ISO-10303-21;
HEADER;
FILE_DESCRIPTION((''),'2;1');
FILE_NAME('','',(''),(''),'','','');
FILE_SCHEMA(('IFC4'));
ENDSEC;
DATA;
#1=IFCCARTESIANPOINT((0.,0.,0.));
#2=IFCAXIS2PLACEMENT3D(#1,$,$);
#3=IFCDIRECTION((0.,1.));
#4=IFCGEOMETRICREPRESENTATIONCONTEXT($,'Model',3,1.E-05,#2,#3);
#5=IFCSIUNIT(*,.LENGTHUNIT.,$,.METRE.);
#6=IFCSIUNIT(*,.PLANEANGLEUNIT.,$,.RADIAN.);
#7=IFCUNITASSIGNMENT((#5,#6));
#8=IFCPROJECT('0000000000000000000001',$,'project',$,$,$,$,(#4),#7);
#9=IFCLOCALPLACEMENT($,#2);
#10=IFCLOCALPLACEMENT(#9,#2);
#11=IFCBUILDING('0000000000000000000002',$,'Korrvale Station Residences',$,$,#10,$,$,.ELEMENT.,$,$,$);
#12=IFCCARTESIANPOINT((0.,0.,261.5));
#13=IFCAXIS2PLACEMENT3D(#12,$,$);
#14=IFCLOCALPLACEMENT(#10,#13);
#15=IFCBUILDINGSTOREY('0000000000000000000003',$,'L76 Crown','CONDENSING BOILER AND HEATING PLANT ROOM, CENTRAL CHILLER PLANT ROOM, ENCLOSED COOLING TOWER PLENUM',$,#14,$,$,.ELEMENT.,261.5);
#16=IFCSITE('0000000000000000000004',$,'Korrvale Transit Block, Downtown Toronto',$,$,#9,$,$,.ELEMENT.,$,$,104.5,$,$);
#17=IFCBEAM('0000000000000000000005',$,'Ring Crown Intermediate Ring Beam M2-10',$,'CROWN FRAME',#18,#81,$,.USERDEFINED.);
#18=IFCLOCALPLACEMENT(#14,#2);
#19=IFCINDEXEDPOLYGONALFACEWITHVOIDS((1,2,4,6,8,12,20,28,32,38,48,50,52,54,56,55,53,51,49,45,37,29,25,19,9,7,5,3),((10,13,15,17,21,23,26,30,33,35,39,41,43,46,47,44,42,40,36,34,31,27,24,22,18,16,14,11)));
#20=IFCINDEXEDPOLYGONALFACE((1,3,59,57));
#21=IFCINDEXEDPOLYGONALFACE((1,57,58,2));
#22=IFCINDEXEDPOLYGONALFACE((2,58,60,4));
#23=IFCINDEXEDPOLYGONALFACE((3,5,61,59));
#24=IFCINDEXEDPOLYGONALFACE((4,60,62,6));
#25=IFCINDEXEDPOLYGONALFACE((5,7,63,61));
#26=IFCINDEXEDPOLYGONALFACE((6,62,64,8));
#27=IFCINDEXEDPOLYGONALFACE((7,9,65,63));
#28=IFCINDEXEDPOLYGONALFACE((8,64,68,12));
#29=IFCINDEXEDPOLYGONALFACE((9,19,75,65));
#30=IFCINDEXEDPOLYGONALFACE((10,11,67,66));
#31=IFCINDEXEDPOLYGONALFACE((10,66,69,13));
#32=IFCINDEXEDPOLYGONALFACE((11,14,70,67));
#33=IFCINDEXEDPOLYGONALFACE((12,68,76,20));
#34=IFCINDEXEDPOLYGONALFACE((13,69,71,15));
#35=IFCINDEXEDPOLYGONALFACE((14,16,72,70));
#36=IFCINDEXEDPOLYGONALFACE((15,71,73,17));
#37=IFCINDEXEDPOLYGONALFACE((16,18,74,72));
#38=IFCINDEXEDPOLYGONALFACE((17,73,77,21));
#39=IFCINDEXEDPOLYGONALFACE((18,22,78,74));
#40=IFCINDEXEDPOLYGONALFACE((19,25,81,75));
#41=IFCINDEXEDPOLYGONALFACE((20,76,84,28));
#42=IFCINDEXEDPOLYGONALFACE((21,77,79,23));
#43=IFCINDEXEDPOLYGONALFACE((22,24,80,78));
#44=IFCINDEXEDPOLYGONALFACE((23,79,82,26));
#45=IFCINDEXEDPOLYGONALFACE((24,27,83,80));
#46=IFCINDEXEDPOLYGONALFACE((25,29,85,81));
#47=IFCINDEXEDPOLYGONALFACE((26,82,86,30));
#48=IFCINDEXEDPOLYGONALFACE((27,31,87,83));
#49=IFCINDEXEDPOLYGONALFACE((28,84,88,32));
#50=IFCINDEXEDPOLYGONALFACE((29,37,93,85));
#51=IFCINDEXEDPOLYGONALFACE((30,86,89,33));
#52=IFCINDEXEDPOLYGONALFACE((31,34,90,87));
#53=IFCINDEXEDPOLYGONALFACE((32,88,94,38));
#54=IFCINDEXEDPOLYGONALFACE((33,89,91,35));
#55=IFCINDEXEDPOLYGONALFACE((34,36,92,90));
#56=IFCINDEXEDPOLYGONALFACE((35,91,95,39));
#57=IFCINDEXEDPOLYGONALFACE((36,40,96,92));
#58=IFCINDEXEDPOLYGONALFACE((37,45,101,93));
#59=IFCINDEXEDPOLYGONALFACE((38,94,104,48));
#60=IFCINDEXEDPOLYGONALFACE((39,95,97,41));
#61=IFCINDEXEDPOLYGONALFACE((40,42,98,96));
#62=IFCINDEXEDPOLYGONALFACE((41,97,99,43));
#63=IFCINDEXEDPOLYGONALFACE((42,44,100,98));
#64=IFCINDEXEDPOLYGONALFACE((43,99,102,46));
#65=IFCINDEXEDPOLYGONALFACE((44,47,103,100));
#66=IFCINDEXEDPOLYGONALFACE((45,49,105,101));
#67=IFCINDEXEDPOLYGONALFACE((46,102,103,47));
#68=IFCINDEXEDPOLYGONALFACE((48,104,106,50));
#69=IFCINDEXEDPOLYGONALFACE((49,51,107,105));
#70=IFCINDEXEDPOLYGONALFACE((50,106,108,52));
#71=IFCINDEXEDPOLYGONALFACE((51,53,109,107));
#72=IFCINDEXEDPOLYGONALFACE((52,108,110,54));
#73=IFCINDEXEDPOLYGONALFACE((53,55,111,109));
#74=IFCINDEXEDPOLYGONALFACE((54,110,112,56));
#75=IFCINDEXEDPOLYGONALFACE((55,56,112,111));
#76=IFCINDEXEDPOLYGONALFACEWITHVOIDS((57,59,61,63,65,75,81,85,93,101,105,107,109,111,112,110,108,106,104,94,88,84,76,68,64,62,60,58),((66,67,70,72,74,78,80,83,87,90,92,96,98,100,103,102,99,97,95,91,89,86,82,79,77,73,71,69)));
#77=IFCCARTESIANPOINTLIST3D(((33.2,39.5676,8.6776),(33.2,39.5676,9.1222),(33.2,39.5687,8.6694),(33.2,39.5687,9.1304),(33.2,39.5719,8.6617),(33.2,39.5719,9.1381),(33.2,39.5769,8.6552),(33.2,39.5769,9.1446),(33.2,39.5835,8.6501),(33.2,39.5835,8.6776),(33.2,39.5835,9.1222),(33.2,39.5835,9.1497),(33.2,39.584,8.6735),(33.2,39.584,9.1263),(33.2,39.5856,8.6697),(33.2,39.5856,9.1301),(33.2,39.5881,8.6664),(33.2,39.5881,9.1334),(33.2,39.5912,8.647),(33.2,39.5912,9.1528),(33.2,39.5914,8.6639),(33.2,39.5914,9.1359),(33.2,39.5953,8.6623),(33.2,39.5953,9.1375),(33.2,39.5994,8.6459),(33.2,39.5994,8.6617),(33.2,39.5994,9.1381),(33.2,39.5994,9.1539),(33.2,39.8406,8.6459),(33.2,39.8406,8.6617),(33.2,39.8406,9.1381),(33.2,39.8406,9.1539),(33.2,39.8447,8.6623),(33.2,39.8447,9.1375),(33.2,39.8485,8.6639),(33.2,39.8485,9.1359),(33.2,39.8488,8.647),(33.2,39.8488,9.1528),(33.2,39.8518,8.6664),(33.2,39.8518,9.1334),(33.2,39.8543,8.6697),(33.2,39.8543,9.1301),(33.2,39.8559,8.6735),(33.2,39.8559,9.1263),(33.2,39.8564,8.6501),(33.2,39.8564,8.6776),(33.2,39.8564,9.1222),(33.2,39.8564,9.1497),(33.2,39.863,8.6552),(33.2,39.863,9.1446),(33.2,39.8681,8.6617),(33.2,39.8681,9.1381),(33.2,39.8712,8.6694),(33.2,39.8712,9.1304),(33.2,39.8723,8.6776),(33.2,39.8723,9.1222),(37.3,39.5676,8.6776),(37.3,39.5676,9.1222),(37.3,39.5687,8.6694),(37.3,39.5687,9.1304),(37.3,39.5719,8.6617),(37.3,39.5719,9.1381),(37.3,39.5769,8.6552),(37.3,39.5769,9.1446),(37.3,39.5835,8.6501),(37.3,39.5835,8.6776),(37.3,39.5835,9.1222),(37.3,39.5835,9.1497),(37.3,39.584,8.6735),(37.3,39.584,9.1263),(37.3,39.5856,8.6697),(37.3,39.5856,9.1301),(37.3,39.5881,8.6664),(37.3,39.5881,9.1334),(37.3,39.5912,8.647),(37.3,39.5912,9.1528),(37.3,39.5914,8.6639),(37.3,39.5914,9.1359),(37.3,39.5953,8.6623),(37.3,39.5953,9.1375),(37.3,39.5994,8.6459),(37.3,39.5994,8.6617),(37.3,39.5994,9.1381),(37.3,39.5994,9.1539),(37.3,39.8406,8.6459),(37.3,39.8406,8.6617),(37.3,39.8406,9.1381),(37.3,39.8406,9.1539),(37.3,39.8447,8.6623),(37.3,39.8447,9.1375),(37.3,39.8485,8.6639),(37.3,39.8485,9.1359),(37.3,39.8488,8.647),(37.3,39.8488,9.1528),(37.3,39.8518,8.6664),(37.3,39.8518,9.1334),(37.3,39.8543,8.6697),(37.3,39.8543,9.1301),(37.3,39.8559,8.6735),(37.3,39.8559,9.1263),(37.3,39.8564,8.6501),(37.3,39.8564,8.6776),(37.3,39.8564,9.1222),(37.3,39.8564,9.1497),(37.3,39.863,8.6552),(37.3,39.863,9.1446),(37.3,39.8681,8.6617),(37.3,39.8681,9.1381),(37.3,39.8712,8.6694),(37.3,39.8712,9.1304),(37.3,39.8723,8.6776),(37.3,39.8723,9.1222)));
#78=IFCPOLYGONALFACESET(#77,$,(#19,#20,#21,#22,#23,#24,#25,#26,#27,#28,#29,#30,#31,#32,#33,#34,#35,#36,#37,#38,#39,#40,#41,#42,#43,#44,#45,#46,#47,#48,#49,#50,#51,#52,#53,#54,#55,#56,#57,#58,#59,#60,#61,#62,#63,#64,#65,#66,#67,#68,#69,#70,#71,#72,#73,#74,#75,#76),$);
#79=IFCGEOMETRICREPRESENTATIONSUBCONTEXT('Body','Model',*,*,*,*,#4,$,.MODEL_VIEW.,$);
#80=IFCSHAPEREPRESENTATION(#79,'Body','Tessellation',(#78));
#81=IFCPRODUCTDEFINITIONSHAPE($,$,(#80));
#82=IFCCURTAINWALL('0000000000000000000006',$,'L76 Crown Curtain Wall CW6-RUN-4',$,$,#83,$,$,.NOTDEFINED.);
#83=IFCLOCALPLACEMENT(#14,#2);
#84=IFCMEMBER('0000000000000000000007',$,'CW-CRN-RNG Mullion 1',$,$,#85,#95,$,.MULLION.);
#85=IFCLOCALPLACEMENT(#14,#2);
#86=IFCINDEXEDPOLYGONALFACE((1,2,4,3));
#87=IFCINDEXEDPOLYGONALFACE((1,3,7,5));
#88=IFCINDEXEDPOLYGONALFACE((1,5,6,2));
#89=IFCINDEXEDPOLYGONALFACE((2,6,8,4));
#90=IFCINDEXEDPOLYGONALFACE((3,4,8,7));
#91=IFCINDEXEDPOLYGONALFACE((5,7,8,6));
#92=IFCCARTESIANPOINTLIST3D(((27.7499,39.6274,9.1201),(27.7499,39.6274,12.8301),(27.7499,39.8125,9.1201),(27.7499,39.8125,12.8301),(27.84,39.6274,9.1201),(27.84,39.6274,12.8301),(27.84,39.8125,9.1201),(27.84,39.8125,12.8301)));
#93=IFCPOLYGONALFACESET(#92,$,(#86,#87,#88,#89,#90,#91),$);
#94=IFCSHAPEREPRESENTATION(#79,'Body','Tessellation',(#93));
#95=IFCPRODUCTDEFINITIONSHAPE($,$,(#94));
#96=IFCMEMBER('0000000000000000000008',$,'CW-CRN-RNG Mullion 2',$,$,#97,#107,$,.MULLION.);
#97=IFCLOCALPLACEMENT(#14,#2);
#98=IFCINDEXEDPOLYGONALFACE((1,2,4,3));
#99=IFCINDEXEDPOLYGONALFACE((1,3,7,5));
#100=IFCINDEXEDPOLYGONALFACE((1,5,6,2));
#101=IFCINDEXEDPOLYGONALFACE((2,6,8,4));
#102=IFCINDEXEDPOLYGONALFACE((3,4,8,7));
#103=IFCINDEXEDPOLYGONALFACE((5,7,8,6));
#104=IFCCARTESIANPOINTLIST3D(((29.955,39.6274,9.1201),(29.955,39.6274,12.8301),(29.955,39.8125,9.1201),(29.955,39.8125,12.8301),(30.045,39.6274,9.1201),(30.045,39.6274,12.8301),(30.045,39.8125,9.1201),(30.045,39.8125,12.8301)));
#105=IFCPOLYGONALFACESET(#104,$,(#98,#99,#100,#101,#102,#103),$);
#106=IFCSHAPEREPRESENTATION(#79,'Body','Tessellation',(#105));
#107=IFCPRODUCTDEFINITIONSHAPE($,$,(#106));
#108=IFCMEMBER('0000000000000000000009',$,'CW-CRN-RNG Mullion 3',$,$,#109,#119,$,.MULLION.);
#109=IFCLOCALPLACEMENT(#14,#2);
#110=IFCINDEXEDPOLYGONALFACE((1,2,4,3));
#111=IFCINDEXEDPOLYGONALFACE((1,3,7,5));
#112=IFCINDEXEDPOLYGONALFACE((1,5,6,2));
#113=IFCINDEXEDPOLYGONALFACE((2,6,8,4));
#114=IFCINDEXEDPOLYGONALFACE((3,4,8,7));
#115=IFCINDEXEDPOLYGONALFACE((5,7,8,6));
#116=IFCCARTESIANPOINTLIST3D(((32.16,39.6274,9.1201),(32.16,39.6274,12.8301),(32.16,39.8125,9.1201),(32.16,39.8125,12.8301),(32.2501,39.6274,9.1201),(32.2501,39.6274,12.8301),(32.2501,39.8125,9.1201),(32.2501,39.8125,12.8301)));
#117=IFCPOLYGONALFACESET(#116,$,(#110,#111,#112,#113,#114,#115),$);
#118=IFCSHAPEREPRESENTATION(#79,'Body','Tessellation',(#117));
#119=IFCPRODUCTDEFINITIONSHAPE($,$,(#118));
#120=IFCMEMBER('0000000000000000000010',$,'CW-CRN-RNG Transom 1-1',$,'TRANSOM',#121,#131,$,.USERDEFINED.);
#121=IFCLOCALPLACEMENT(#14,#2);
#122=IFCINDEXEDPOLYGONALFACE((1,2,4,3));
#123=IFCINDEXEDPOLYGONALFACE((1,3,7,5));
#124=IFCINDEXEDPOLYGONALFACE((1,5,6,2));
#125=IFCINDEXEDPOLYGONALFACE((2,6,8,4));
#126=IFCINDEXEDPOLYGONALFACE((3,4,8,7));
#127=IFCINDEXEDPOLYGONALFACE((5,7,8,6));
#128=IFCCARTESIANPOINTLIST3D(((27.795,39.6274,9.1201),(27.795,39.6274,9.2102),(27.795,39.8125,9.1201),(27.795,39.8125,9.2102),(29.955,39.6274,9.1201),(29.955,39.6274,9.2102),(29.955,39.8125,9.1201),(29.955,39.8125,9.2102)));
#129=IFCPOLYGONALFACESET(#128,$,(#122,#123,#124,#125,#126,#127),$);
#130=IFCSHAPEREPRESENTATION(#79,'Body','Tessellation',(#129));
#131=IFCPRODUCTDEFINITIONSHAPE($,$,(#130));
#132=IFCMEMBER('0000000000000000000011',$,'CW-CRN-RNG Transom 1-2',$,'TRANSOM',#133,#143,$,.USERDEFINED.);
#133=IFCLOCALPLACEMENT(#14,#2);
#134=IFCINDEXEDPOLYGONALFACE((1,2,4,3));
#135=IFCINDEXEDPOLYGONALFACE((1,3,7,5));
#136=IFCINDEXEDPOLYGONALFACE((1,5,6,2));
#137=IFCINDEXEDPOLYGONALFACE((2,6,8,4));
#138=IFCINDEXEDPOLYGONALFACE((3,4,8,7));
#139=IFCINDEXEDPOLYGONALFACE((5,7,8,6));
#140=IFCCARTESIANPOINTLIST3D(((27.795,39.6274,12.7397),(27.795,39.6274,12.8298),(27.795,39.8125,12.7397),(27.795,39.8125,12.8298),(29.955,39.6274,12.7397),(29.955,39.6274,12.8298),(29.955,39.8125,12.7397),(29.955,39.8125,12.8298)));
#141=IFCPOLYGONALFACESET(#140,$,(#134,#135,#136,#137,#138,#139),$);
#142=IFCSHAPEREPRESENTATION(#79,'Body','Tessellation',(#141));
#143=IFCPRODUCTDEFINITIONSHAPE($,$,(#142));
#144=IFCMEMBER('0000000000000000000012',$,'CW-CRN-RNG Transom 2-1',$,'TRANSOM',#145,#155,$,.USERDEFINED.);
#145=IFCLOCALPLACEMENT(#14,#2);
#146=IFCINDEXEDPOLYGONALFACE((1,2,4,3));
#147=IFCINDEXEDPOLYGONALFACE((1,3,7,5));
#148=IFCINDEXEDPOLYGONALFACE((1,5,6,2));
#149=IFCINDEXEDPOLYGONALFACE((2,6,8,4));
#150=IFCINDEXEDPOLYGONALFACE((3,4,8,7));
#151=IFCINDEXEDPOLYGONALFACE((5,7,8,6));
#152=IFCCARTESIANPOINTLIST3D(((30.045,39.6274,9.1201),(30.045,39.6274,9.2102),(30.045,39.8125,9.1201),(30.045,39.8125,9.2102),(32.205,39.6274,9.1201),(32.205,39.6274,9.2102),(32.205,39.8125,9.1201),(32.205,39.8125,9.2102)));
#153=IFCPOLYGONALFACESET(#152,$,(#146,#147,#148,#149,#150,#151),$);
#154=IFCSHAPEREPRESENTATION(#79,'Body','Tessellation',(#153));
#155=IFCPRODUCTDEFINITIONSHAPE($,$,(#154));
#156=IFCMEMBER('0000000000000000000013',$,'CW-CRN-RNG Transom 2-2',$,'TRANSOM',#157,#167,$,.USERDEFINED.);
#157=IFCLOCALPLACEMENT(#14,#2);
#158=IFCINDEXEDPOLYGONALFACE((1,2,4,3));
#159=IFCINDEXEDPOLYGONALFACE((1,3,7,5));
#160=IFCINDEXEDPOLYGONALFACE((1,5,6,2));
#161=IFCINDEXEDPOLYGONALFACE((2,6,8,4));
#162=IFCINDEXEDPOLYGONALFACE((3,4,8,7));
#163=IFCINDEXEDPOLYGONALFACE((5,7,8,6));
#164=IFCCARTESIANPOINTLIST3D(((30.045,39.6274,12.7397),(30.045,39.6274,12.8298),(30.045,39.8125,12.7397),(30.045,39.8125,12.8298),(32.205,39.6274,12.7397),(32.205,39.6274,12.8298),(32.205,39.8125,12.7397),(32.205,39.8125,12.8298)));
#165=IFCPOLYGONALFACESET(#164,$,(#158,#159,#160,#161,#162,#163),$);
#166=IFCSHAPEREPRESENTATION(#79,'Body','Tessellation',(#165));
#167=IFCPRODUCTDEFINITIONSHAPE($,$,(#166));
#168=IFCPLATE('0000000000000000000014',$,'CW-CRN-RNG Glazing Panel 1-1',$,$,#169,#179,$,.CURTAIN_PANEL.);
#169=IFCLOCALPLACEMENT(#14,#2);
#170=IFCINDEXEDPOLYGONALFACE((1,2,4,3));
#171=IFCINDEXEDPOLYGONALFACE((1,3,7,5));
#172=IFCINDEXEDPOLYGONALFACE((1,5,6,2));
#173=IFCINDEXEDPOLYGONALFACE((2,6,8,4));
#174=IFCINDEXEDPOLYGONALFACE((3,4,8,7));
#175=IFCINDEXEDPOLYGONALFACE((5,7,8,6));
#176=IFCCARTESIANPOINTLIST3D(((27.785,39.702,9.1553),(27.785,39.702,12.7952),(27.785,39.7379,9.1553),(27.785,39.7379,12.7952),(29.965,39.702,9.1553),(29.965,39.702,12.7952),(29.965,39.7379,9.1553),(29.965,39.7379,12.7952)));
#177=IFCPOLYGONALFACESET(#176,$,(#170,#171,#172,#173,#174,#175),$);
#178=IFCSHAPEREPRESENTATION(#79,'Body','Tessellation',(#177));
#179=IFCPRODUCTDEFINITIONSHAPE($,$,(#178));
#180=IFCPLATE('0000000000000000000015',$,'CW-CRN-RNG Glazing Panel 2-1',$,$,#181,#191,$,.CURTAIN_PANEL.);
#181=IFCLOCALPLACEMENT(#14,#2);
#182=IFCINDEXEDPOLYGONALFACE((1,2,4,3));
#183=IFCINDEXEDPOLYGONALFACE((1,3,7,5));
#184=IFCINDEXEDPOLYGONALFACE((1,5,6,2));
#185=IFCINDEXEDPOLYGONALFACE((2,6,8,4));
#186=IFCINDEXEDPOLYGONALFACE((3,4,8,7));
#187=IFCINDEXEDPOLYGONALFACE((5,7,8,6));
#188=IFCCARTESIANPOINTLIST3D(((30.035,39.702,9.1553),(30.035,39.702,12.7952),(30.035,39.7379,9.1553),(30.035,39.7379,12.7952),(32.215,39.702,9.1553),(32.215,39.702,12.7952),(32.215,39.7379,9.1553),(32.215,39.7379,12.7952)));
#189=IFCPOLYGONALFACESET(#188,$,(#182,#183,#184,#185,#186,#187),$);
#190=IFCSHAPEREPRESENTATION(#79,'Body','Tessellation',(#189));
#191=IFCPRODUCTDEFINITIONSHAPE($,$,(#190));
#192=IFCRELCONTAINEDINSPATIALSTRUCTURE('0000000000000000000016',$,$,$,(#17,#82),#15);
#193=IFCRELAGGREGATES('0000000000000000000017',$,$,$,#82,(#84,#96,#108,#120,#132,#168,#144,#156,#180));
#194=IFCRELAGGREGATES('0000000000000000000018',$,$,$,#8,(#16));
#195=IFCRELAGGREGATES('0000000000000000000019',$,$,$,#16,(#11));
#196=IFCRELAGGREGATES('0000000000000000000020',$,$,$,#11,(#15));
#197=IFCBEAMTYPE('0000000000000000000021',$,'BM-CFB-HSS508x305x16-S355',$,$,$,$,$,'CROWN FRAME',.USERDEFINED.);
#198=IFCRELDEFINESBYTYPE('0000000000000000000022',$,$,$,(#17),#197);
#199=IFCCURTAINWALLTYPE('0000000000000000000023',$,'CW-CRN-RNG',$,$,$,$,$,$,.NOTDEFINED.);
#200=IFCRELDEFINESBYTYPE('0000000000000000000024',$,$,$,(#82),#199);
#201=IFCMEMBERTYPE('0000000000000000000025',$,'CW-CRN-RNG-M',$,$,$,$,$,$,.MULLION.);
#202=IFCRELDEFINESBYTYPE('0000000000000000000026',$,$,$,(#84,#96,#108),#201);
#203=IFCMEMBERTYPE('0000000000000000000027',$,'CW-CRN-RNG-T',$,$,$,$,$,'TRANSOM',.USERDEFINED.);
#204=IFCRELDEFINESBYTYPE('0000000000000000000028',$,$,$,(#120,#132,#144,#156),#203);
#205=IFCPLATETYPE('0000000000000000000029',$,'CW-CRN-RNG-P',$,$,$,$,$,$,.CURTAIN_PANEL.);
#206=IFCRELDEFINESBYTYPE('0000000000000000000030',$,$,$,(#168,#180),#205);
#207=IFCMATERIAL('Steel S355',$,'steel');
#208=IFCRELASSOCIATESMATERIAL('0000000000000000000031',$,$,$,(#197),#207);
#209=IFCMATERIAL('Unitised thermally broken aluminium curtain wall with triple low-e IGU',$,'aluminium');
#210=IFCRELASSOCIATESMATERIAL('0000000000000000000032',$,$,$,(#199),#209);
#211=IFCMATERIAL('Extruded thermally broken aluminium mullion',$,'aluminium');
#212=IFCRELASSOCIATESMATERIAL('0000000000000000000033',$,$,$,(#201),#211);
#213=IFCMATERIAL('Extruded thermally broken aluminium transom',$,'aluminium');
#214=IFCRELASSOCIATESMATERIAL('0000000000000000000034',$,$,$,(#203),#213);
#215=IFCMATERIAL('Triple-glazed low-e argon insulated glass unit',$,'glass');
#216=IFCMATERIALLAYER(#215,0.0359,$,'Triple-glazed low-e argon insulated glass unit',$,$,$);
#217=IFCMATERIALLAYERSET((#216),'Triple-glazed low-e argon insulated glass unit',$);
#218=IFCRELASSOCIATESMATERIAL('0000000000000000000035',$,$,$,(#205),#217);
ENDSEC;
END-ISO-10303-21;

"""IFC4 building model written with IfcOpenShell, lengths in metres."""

from ifc_helpers import new_model, si_unit, direction, frame, origin, origin_2d, place, context, subcontext, project, spatial, rectangle, hollow_rectangle, extrude, material, layer, layer_set, material_profile, profile_set, type_object, element, aggregate, save


model = new_model("IFC4")

# Units and contexts
model_context = context("Model", 3, precision=1e-05, world=origin(), true_north=direction((0.0, 1.0)))
body_context = subcontext(model_context, "Body", "Model", "MODEL_VIEW")
ifc_project = project(units=[si_unit("LENGTHUNIT", "METRE"), si_unit("PLANEANGLEUNIT", "RADIAN")], contexts=[model_context])

# Site, building, storey
site_placement = place(None, origin())
site = spatial("IfcSite", under=ifc_project, at=site_placement, Name="Korrvale Transit Block, Downtown Toronto", CompositionType="ELEMENT", RefElevation=104.5)
building_placement = place(site_placement, origin())
building = spatial("IfcBuilding", under=site, at=building_placement, Name="Korrvale Station Residences", CompositionType="ELEMENT")
storey_placement = place(building_placement, frame((0.0, 0.0, 261.5)))
storey = spatial("IfcBuildingStorey", under=building, at=storey_placement, Name="L76 Crown", Description="CONDENSING BOILER AND HEATING PLANT ROOM, CENTRAL CHILLER PLANT ROOM, ENCLOSED COOLING TOWER PLENUM", CompositionType="ELEMENT", Elevation=261.5)

# Shared definitions
ifc_material_1 = material(Name="Steel S355", Category="steel")

# Beam
ifc_material_profile_1 = material_profile(ifc_material_1, hollow_rectangle(XDim=0.3047, YDim=0.5081, WallThickness=0.0159, InnerFilletRadius=0.0159, OuterFilletRadius=0.0317, at=origin_2d()), Name="HSS508x305x16")
ifc_profile_set_1 = profile_set([ifc_material_profile_1], Name="Steel S355")
beam_type = type_object("IfcBeamType", Name="BM-CFB-HSS508x305x16-S355", ElementType="CROWN FRAME", PredefinedType="USERDEFINED", material=ifc_profile_set_1)
for number, where, z_axis, x_axis, name in (
    (1, (33.2, 39.72, 8.8999), (1.0, 0.0, 0.0), (0.0, 1.0, 0.0), "Ring Crown Intermediate Ring Beam M2-10"),
):
    element("IfcBeam", number, at=place(storey_placement, frame(where, z_axis=z_axis, x_axis=x_axis)), inside=storey, type_object=beam_type, Name=name, ObjectType="CROWN FRAME", PredefinedType="USERDEFINED", context=body_context, shape_type="SweptSolid", body=[
        extrude(hollow_rectangle(XDim=0.3047, YDim=0.5081, WallThickness=0.0159, InnerFilletRadius=0.0159, OuterFilletRadius=0.0317, at=origin_2d()), origin(), (0.0, 0.0, 1.0), 4.1001),
    ])

# Curtain wall, members, plates
ifc_material_2 = material(Name="Unitised thermally broken aluminium curtain wall with triple low-e IGU", Category="aluminium")
curtain_wall_type = type_object("IfcCurtainWallType", Name="CW-CRN-RNG", PredefinedType="NOTDEFINED", material=ifc_material_2)
curtain_wall_placement = place(storey_placement, origin())
curtain_wall = element("IfcCurtainWall", 2, at=curtain_wall_placement, inside=storey, type_object=curtain_wall_type, Name="L76 Crown Curtain Wall CW6-RUN-4", PredefinedType="NOTDEFINED")
ifc_material_3 = material(Name="Extruded thermally broken aluminium mullion", Category="aluminium")
member_type_1 = type_object("IfcMemberType", Name="CW-CRN-RNG-M", PredefinedType="MULLION", material=ifc_material_3)
member_1_placement = place(storey_placement, frame((27.7949, 39.72, 9.1201), z_axis=(0.0, 0.0, 1.0), x_axis=(1.0, 0.0, 0.0)))
member_1 = element("IfcMember", 3, at=member_1_placement, type_object=member_type_1, Name="CW-CRN-RNG Mullion 1", PredefinedType="MULLION", context=body_context, shape_type="SweptSolid", body=[
    extrude(rectangle(XDim=0.0901, YDim=0.1851, at=origin_2d()), origin(), (0.0, 0.0, 1.0), 3.71),
])
member_2_placement = place(storey_placement, frame((30.0, 39.72, 9.1201), z_axis=(0.0, 0.0, 1.0), x_axis=(1.0, 0.0, 0.0)))
member_2 = element("IfcMember", 4, at=member_2_placement, type_object=member_type_1, Name="CW-CRN-RNG Mullion 2", PredefinedType="MULLION", context=body_context, shape_type="SweptSolid", body=[
    extrude(rectangle(XDim=0.0901, YDim=0.1851, at=origin_2d()), origin(), (0.0, 0.0, 1.0), 3.71),
])
member_3_placement = place(storey_placement, frame((32.2051, 39.72, 9.1201), z_axis=(0.0, 0.0, 1.0), x_axis=(1.0, 0.0, 0.0)))
member_3 = element("IfcMember", 5, at=member_3_placement, type_object=member_type_1, Name="CW-CRN-RNG Mullion 3", PredefinedType="MULLION", context=body_context, shape_type="SweptSolid", body=[
    extrude(rectangle(XDim=0.0901, YDim=0.1851, at=origin_2d()), origin(), (0.0, 0.0, 1.0), 3.71),
])
ifc_material_4 = material(Name="Extruded thermally broken aluminium transom", Category="aluminium")
member_type_2 = type_object("IfcMemberType", Name="CW-CRN-RNG-T", ElementType="TRANSOM", PredefinedType="USERDEFINED", material=ifc_material_4)
member_4_placement = place(storey_placement, frame((28.875, 39.72, 9.1201), z_axis=(0.0, 0.0, 1.0), x_axis=(1.0, 0.0, 0.0)))
member_4 = element("IfcMember", 6, at=member_4_placement, type_object=member_type_2, Name="CW-CRN-RNG Transom 1-1", ObjectType="TRANSOM", PredefinedType="USERDEFINED", context=body_context, shape_type="SweptSolid", body=[
    extrude(rectangle(XDim=2.1599, YDim=0.1851, at=origin_2d()), origin(), (0.0, 0.0, 1.0), 0.0901),
])
member_5_placement = place(storey_placement, frame((28.875, 39.72, 12.7397), z_axis=(0.0, 0.0, 1.0), x_axis=(1.0, 0.0, 0.0)))
member_5 = element("IfcMember", 7, at=member_5_placement, type_object=member_type_2, Name="CW-CRN-RNG Transom 1-2", ObjectType="TRANSOM", PredefinedType="USERDEFINED", context=body_context, shape_type="SweptSolid", body=[
    extrude(rectangle(XDim=2.1599, YDim=0.1851, at=origin_2d()), origin(), (0.0, 0.0, 1.0), 0.0901),
])
member_6_placement = place(storey_placement, frame((31.125, 39.72, 9.1201), z_axis=(0.0, 0.0, 1.0), x_axis=(1.0, 0.0, 0.0)))
member_6 = element("IfcMember", 8, at=member_6_placement, type_object=member_type_2, Name="CW-CRN-RNG Transom 2-1", ObjectType="TRANSOM", PredefinedType="USERDEFINED", context=body_context, shape_type="SweptSolid", body=[
    extrude(rectangle(XDim=2.1599, YDim=0.1851, at=origin_2d()), origin(), (0.0, 0.0, 1.0), 0.0901),
])
member_7_placement = place(storey_placement, frame((31.125, 39.72, 12.7397), z_axis=(0.0, 0.0, 1.0), x_axis=(1.0, 0.0, 0.0)))
member_7 = element("IfcMember", 9, at=member_7_placement, type_object=member_type_2, Name="CW-CRN-RNG Transom 2-2", ObjectType="TRANSOM", PredefinedType="USERDEFINED", context=body_context, shape_type="SweptSolid", body=[
    extrude(rectangle(XDim=2.1599, YDim=0.1851, at=origin_2d()), origin(), (0.0, 0.0, 1.0), 0.0901),
])
ifc_material_5 = material(Name="Triple-glazed low-e argon insulated glass unit", Category="glass")
ifc_layer_1 = layer(ifc_material_5, 0.0359, Name="Triple-glazed low-e argon insulated glass unit")
ifc_layer_set_1 = layer_set([ifc_layer_1], Name="Triple-glazed low-e argon insulated glass unit")
plate_type_1 = type_object("IfcPlateType", Name="CW-CRN-RNG-P", PredefinedType="CURTAIN_PANEL", material=ifc_layer_set_1)
plate_1_placement = place(storey_placement, frame((28.875, 39.72, 9.1553), z_axis=(0.0, 0.0, 1.0), x_axis=(1.0, 0.0, 0.0)))
plate_1 = element("IfcPlate", 10, at=plate_1_placement, type_object=plate_type_1, Name="CW-CRN-RNG Glazing Panel 1-1", PredefinedType="CURTAIN_PANEL", context=body_context, shape_type="SweptSolid", body=[
    extrude(rectangle(XDim=2.1799, YDim=0.0359, at=origin_2d()), origin(), (0.0, 0.0, 1.0), 3.6399),
])
plate_2_placement = place(storey_placement, frame((31.125, 39.72, 9.1553), z_axis=(0.0, 0.0, 1.0), x_axis=(1.0, 0.0, 0.0)))
plate_2 = element("IfcPlate", 11, at=plate_2_placement, type_object=plate_type_1, Name="CW-CRN-RNG Glazing Panel 2-1", PredefinedType="CURTAIN_PANEL", context=body_context, shape_type="SweptSolid", body=[
    extrude(rectangle(XDim=2.1799, YDim=0.0359, at=origin_2d()), origin(), (0.0, 0.0, 1.0), 3.6399),
])
aggregate(curtain_wall, [member_1, member_2, member_3, member_4, member_5, plate_1, member_6, member_7, plate_2])

save(model, "model.ifc")
